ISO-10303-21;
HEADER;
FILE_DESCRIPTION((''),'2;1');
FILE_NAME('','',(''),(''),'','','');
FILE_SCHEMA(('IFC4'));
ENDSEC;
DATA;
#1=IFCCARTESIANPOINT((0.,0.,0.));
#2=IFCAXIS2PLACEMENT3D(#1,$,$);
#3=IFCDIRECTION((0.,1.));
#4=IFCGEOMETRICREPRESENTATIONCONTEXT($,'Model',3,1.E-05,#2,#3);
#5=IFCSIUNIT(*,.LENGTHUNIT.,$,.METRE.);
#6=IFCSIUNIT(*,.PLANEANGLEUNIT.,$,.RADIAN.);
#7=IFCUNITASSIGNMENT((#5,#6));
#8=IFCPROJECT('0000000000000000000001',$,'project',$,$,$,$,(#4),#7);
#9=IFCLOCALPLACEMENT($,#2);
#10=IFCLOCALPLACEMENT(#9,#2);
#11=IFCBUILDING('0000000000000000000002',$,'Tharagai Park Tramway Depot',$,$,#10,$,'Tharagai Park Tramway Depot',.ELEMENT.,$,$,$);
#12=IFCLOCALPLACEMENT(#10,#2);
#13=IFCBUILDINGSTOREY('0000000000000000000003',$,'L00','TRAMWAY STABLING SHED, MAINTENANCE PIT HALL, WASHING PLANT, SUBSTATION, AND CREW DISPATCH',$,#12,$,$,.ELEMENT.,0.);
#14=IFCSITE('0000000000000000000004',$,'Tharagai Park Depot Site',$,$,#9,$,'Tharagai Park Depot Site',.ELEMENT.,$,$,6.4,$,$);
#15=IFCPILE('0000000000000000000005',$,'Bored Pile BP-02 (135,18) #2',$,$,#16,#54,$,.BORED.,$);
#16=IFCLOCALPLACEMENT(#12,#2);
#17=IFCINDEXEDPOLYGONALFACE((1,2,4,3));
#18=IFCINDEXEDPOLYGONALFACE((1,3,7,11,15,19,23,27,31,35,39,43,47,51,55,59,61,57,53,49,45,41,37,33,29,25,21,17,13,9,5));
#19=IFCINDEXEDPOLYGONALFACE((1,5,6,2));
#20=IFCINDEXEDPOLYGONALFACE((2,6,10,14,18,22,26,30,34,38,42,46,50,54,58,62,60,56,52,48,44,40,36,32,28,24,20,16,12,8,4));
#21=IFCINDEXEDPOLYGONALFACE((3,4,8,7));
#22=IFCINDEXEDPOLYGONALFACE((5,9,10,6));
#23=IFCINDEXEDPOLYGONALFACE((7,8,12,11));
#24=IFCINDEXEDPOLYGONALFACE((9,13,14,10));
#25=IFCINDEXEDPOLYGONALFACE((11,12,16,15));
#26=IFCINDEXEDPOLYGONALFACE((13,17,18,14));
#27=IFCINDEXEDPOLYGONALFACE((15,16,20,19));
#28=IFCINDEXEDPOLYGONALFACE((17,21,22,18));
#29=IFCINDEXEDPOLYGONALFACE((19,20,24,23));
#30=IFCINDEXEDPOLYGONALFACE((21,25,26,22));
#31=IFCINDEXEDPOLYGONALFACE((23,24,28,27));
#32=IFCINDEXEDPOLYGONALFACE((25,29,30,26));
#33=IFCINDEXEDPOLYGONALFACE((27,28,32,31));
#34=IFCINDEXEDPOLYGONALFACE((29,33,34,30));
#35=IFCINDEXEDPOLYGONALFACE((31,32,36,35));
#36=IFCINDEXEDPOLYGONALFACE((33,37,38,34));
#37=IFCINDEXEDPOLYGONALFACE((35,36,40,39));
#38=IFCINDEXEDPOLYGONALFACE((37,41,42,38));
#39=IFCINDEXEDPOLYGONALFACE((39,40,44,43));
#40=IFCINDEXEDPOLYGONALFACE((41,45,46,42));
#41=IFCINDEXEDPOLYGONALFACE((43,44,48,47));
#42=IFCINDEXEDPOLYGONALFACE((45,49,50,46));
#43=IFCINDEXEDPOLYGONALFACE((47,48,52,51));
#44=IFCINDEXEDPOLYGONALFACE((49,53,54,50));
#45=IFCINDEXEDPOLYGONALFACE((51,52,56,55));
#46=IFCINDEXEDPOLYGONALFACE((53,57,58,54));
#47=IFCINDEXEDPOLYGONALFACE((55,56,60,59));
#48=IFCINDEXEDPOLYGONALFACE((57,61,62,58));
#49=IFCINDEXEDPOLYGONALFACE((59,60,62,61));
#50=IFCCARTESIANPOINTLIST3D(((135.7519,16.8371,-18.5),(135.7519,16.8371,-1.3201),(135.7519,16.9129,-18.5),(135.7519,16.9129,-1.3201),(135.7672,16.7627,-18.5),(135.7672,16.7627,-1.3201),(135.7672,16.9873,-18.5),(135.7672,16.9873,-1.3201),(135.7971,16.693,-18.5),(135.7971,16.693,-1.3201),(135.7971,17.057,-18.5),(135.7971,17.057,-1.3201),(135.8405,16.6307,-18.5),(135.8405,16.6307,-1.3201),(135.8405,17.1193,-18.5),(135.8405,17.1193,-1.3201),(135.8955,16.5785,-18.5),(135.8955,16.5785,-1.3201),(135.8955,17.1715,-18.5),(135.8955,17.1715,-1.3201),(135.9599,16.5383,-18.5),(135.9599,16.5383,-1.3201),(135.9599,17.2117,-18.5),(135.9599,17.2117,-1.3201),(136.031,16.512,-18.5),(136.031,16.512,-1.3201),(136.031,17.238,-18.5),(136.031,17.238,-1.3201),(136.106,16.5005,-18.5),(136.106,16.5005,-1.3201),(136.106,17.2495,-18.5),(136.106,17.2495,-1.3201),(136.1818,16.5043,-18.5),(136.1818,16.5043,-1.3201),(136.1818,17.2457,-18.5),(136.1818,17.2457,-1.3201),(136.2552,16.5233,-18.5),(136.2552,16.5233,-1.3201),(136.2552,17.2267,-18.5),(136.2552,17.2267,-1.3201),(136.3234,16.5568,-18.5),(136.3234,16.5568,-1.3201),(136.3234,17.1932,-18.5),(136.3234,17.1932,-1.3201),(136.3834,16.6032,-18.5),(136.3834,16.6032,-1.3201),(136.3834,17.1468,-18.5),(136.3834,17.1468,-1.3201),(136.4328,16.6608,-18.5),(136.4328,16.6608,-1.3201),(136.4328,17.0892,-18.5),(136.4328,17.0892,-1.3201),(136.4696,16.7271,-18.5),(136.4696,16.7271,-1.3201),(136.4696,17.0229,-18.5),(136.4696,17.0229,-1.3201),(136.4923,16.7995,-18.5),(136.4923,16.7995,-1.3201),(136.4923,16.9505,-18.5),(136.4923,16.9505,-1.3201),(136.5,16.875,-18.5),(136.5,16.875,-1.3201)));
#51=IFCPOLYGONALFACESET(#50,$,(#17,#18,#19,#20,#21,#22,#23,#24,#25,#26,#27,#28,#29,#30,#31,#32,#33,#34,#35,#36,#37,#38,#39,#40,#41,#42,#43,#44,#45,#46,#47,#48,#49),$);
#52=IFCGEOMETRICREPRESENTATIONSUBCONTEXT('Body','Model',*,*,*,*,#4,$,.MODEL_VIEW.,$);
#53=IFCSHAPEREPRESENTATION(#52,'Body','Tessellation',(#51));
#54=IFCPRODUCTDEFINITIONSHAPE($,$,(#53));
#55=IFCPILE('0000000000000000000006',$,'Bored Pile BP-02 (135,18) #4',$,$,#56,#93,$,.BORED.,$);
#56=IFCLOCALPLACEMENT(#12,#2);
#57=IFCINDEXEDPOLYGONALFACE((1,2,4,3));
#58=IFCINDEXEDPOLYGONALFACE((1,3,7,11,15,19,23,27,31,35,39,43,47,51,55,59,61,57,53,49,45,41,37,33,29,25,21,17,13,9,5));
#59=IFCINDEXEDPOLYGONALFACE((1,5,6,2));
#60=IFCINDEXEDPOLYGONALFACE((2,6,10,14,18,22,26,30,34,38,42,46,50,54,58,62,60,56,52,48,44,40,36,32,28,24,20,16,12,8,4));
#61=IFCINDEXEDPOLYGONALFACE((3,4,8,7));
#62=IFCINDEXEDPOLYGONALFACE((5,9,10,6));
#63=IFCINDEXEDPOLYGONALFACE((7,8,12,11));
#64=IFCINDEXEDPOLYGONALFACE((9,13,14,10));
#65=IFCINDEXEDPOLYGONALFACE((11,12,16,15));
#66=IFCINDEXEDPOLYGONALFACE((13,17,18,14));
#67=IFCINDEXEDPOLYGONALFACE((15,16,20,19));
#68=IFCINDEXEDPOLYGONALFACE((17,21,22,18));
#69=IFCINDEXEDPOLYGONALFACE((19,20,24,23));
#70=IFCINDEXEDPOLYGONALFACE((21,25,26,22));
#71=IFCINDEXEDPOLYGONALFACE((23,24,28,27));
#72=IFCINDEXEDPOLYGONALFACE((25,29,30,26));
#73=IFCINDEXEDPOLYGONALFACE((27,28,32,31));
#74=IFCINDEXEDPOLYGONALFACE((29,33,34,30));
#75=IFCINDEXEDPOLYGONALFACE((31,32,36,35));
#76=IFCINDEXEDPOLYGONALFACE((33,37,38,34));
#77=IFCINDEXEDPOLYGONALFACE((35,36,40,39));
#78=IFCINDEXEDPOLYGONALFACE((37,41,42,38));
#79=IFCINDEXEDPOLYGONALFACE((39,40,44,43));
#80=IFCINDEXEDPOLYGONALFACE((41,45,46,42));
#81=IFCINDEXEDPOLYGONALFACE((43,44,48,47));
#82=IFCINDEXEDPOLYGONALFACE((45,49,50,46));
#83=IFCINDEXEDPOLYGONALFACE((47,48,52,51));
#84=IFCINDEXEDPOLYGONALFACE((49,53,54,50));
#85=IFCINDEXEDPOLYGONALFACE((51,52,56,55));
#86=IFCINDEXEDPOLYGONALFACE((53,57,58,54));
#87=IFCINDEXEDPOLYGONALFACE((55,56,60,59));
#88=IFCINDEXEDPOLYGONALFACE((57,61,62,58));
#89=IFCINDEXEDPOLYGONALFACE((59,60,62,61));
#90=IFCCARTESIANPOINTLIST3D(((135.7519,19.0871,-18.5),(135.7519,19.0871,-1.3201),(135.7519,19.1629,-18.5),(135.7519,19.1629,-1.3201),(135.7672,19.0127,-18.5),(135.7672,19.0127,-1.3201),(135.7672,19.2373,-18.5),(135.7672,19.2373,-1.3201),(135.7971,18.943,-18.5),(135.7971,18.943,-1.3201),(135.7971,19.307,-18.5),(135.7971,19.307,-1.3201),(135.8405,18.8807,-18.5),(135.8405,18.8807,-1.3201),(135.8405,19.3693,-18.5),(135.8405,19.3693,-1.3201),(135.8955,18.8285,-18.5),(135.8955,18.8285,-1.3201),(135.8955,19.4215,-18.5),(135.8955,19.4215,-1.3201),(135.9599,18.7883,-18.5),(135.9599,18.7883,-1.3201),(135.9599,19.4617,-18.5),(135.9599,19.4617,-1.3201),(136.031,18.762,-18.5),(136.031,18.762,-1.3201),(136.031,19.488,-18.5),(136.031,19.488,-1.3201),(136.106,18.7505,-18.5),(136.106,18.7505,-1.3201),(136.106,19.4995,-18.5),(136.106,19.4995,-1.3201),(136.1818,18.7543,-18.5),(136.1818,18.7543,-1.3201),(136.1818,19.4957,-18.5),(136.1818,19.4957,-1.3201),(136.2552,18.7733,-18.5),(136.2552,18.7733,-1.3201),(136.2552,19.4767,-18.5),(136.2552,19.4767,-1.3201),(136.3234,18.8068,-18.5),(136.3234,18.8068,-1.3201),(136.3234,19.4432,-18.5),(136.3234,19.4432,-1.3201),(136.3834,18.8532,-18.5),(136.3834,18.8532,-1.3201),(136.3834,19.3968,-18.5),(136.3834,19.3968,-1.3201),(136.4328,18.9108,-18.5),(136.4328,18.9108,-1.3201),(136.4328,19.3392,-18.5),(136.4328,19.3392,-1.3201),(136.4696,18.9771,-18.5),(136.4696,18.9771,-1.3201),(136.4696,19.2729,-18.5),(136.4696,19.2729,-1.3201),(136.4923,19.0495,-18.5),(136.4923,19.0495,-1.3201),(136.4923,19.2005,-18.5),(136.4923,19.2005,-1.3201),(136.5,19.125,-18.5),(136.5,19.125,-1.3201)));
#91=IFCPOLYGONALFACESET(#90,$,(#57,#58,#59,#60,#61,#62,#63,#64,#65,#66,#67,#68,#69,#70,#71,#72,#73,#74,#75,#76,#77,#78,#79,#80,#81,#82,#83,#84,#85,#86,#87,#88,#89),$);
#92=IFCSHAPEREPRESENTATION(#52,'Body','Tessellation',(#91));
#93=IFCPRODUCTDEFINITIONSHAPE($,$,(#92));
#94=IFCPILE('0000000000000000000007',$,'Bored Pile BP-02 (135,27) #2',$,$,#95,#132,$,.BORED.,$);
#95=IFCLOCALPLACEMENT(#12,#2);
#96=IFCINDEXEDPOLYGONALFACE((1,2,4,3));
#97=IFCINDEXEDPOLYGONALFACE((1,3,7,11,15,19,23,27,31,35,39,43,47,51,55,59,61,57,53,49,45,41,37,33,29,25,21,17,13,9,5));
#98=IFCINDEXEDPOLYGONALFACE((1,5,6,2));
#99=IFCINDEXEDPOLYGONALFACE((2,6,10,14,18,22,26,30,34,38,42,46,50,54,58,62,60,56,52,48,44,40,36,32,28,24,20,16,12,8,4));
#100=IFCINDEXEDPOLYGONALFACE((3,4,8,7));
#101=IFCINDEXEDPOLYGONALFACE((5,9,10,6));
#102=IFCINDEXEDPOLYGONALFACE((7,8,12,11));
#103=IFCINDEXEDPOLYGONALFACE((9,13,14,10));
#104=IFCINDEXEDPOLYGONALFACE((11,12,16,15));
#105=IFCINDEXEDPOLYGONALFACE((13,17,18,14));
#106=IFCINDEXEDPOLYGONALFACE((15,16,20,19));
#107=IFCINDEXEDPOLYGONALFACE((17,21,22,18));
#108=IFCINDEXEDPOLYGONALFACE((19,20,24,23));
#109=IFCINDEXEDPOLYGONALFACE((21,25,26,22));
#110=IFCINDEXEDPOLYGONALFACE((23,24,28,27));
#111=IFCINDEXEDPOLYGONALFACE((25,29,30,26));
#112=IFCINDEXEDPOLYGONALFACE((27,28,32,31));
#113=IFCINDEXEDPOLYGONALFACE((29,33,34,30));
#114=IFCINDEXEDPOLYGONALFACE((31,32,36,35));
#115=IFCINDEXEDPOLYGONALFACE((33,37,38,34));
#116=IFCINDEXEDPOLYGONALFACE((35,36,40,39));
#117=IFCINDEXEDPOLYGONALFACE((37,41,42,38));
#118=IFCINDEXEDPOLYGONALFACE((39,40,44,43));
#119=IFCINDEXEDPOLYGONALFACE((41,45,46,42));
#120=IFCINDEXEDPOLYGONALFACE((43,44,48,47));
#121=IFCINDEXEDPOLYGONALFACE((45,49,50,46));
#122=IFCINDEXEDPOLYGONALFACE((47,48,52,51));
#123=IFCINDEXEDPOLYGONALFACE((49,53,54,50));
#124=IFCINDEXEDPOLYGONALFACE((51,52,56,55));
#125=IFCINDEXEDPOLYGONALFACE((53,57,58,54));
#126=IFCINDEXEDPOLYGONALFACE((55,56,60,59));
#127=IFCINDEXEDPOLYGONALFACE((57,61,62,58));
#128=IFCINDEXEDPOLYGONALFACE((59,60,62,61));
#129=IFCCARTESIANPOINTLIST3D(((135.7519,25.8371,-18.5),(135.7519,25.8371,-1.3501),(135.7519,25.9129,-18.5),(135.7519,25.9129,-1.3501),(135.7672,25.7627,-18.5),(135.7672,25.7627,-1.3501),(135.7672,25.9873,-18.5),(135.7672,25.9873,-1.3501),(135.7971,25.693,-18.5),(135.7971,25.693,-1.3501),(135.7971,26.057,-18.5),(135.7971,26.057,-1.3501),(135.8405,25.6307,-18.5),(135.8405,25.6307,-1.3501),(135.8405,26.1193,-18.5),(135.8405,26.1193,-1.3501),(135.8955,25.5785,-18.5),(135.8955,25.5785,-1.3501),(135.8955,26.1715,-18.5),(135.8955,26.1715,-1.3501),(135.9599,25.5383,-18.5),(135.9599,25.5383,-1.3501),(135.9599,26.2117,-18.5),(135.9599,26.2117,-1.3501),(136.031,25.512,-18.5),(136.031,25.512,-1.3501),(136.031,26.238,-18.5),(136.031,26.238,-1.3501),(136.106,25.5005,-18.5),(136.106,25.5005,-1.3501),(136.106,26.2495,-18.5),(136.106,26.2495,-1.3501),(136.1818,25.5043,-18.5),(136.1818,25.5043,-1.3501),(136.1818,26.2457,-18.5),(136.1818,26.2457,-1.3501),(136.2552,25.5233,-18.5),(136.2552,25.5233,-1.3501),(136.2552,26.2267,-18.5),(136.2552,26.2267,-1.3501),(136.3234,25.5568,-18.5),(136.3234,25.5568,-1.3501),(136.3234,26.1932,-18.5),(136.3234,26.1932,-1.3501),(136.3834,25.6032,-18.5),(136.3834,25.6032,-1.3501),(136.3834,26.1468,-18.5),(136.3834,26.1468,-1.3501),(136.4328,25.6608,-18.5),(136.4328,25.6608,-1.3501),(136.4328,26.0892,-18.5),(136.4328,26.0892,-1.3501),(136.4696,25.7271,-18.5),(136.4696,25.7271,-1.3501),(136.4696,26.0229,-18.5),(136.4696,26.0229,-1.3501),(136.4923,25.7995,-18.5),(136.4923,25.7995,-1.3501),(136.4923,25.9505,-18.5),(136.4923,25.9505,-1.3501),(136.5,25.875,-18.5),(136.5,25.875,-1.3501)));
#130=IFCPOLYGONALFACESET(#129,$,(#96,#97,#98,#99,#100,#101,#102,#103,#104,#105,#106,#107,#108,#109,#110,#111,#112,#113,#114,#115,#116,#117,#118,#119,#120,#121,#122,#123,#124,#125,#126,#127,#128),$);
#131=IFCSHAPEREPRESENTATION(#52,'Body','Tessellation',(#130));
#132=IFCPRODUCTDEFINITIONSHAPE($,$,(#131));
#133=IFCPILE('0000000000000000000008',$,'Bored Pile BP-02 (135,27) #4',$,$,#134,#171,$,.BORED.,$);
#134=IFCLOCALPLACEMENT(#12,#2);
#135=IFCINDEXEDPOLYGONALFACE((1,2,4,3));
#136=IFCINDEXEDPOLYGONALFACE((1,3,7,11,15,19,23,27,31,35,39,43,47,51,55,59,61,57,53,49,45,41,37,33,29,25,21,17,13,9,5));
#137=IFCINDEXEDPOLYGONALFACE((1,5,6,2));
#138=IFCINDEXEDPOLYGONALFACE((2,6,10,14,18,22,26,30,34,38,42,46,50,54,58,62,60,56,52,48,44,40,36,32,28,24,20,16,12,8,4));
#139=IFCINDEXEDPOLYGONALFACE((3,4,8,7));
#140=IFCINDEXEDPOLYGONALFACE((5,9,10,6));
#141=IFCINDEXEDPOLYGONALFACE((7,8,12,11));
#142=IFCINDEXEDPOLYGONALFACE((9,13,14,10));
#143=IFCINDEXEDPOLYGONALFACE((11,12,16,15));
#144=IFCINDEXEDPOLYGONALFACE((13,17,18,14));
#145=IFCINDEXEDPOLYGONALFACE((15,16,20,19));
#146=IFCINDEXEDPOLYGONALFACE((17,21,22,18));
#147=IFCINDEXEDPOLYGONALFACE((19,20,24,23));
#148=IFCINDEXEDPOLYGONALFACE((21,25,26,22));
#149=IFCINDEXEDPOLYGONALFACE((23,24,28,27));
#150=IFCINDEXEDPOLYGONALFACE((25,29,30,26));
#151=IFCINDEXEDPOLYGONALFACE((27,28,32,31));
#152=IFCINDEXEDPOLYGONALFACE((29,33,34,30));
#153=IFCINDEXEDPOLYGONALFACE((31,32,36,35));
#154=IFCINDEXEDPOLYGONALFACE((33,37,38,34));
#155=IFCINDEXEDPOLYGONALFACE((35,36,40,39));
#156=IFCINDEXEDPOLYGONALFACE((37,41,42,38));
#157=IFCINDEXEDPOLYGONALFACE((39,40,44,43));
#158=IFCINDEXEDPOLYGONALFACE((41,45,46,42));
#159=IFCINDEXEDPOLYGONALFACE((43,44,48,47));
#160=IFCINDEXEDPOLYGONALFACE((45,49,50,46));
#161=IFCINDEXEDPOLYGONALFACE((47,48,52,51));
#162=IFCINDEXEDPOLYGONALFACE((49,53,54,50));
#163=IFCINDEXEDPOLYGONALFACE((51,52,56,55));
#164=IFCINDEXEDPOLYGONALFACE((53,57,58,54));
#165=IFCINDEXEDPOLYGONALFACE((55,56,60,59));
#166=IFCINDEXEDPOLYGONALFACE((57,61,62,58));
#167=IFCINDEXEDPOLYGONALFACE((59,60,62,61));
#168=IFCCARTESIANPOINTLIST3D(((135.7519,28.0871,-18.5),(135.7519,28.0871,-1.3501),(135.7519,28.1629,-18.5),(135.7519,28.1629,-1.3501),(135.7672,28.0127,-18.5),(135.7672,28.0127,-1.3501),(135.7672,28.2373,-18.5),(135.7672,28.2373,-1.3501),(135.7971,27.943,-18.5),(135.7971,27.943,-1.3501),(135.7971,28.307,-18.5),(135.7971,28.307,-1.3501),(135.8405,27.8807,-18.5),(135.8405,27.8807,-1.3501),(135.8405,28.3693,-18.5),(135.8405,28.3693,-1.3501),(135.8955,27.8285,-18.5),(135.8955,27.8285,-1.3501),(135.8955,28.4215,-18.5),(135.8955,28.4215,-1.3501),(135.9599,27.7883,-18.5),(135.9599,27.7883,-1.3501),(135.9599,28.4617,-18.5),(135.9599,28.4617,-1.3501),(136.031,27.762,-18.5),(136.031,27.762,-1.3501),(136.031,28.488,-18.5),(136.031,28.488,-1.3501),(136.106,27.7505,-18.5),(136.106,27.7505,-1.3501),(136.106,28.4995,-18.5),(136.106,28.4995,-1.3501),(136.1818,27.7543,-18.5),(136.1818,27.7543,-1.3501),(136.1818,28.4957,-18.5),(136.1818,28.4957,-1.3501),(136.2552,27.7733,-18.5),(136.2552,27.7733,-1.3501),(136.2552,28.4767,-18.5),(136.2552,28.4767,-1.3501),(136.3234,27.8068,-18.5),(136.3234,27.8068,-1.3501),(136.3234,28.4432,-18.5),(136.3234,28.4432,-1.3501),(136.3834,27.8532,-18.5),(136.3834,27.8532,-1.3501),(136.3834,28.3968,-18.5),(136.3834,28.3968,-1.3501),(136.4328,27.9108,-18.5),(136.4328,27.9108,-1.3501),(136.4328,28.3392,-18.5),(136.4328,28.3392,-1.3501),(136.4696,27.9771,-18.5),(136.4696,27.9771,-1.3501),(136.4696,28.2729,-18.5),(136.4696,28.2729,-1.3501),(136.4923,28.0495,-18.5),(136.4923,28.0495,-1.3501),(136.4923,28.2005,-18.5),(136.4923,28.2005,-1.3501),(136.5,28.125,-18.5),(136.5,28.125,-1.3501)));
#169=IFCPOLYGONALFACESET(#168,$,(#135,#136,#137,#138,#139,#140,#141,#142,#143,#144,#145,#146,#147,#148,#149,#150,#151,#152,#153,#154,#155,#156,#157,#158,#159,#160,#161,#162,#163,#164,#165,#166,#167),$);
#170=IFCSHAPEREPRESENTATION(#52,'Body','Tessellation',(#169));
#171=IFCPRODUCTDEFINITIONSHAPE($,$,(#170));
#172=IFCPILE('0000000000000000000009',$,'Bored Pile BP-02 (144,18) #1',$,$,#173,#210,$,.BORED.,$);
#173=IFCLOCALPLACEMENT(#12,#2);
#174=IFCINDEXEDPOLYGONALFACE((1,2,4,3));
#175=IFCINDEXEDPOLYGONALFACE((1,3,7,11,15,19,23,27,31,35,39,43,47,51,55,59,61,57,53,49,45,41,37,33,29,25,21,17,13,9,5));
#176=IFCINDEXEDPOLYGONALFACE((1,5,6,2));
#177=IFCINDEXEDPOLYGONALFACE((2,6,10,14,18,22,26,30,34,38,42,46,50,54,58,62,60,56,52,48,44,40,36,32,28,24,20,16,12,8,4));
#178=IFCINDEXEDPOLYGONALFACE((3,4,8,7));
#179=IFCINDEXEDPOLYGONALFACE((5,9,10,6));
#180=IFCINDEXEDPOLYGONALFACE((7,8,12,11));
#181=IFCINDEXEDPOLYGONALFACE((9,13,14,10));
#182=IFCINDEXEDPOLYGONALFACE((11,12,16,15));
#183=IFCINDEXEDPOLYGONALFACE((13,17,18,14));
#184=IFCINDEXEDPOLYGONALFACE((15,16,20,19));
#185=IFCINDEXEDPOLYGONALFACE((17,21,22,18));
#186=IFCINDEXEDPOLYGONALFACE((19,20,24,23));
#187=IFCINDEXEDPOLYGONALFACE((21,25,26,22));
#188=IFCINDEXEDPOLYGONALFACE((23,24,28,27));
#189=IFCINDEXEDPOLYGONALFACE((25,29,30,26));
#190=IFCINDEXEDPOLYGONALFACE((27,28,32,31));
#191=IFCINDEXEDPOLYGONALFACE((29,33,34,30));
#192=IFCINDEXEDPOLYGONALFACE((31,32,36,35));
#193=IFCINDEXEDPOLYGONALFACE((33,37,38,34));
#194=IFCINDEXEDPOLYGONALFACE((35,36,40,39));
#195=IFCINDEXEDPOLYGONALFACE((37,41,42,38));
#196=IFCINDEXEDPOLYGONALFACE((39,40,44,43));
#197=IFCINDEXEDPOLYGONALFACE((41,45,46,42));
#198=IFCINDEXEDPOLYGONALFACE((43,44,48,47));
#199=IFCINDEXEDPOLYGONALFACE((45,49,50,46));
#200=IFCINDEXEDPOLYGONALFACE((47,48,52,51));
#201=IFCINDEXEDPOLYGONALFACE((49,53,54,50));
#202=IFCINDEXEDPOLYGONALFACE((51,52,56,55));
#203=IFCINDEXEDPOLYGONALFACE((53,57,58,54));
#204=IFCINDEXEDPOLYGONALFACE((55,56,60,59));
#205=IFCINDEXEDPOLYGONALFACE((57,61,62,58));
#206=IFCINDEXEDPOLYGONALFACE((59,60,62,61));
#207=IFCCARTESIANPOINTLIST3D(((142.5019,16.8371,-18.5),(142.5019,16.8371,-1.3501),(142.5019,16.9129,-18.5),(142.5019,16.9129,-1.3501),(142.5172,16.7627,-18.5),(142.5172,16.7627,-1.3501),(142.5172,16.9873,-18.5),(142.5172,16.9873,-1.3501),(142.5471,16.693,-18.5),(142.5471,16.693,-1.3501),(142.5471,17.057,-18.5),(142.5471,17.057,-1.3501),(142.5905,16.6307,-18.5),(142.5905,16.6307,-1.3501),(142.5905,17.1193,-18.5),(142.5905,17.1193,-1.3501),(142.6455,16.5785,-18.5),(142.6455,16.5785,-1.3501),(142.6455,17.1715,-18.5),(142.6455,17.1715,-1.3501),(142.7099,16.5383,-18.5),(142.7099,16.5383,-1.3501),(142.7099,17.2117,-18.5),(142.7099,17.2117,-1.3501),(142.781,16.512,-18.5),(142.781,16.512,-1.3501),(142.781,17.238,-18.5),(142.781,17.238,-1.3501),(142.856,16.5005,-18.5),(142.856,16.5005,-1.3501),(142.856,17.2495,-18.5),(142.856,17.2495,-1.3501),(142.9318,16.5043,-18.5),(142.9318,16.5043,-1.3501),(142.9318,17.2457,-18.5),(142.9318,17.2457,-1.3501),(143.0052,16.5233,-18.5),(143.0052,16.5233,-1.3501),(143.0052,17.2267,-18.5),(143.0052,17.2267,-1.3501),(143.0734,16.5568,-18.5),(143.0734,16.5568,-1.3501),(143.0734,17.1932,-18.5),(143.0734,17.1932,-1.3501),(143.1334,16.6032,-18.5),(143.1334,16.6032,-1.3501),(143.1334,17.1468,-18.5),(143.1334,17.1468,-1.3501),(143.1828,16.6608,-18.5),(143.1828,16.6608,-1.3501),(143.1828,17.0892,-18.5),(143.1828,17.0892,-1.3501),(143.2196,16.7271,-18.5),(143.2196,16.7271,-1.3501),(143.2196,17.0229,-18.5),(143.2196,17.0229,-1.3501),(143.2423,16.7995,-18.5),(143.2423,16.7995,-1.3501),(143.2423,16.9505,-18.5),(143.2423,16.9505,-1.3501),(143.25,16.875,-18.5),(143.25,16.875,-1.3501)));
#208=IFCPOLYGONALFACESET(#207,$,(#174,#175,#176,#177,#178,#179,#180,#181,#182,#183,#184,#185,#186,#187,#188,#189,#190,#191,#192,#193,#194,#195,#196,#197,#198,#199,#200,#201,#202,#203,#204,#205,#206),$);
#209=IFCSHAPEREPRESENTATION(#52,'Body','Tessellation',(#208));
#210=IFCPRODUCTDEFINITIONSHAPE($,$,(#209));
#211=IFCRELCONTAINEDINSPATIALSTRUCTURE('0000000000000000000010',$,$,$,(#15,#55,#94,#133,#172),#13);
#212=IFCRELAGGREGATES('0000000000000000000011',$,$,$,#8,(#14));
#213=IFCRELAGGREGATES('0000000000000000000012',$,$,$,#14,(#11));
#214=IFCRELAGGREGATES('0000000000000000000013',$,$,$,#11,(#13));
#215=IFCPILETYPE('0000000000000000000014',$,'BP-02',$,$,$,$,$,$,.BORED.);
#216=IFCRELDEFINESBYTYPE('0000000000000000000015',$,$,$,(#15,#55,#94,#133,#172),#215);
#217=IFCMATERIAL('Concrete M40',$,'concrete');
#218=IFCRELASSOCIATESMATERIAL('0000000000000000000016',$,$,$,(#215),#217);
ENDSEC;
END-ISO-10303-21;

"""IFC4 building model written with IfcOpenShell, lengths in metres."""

from ifc_helpers import new_model, si_unit, direction, frame, origin, origin_2d, place, context, subcontext, project, spatial, circle, extrude, material, material_profile, profile_set, type_object, element, save


model = new_model("IFC4")

# Units and contexts
model_context = context("Model", 3, precision=1e-05, world=origin(), true_north=direction((0.0, 1.0)))
body_context = subcontext(model_context, "Body", "Model", "MODEL_VIEW")
ifc_project = project(units=[si_unit("LENGTHUNIT", "METRE"), si_unit("PLANEANGLEUNIT", "RADIAN")], contexts=[model_context])

# Site, building, storey
site_placement = place(None, origin())
site = spatial("IfcSite", under=ifc_project, at=site_placement, Name="Tharagai Park Depot Site", LongName="Tharagai Park Depot Site", CompositionType="ELEMENT", RefElevation=6.4)
building_placement = place(site_placement, origin())
building = spatial("IfcBuilding", under=site, at=building_placement, Name="Tharagai Park Tramway Depot", LongName="Tharagai Park Tramway Depot", CompositionType="ELEMENT")
storey_placement = place(building_placement, origin())
storey = spatial("IfcBuildingStorey", under=building, at=storey_placement, Name="L00", Description="TRAMWAY STABLING SHED, MAINTENANCE PIT HALL, WASHING PLANT, SUBSTATION, AND CREW DISPATCH", CompositionType="ELEMENT", Elevation=0.0)

# Piles
ifc_material_1 = material(Name="Concrete M40", Category="concrete")
ifc_material_profile_1 = material_profile(ifc_material_1, circle(Radius=0.375, at=origin_2d()), Name="PILE D750")
ifc_profile_set_1 = profile_set([ifc_material_profile_1], Name="Concrete M40")
pile_type_1 = type_object("IfcPileType", Name="BP-02", PredefinedType="BORED", material=ifc_profile_set_1)
for number, where, z_axis, x_axis, name in (
    (1, (136.125, 16.875, -1.3201), (0.0, 0.0, -1.0), (1.0, 0.0, 0.0), "Bored Pile BP-02 (135,18) #2"),
    (2, (136.125, 19.125, -1.3201), (0.0, 0.0, -1.0), (1.0, 0.0, 0.0), "Bored Pile BP-02 (135,18) #4"),
):
    element("IfcPile", number, at=place(storey_placement, frame(where, z_axis=z_axis, x_axis=x_axis)), inside=storey, type_object=pile_type_1, Name=name, PredefinedType="BORED", context=body_context, shape_type="SweptSolid", body=[
        extrude(circle(Radius=0.375, at=origin_2d()), origin(), (0.0, 0.0, 1.0), 17.1799),
    ])
for number, where, z_axis, x_axis, name in (
    (3, (136.125, 25.875, -1.3501), (0.0, 0.0, -1.0), (1.0, 0.0, 0.0), "Bored Pile BP-02 (135,27) #2"),
    (4, (136.125, 28.125, -1.3501), (0.0, 0.0, -1.0), (1.0, 0.0, 0.0), "Bored Pile BP-02 (135,27) #4"),
    (5, (142.875, 16.875, -1.3501), (0.0, 0.0, -1.0), (1.0, 0.0, 0.0), "Bored Pile BP-02 (144,18) #1"),
):
    element("IfcPile", number, at=place(storey_placement, frame(where, z_axis=z_axis, x_axis=x_axis)), inside=storey, type_object=pile_type_1, Name=name, PredefinedType="BORED", context=body_context, shape_type="SweptSolid", body=[
        extrude(circle(Radius=0.375, at=origin_2d()), origin(), (0.0, 0.0, 1.0), 17.1499),
    ])

save(model, "model.ifc")
